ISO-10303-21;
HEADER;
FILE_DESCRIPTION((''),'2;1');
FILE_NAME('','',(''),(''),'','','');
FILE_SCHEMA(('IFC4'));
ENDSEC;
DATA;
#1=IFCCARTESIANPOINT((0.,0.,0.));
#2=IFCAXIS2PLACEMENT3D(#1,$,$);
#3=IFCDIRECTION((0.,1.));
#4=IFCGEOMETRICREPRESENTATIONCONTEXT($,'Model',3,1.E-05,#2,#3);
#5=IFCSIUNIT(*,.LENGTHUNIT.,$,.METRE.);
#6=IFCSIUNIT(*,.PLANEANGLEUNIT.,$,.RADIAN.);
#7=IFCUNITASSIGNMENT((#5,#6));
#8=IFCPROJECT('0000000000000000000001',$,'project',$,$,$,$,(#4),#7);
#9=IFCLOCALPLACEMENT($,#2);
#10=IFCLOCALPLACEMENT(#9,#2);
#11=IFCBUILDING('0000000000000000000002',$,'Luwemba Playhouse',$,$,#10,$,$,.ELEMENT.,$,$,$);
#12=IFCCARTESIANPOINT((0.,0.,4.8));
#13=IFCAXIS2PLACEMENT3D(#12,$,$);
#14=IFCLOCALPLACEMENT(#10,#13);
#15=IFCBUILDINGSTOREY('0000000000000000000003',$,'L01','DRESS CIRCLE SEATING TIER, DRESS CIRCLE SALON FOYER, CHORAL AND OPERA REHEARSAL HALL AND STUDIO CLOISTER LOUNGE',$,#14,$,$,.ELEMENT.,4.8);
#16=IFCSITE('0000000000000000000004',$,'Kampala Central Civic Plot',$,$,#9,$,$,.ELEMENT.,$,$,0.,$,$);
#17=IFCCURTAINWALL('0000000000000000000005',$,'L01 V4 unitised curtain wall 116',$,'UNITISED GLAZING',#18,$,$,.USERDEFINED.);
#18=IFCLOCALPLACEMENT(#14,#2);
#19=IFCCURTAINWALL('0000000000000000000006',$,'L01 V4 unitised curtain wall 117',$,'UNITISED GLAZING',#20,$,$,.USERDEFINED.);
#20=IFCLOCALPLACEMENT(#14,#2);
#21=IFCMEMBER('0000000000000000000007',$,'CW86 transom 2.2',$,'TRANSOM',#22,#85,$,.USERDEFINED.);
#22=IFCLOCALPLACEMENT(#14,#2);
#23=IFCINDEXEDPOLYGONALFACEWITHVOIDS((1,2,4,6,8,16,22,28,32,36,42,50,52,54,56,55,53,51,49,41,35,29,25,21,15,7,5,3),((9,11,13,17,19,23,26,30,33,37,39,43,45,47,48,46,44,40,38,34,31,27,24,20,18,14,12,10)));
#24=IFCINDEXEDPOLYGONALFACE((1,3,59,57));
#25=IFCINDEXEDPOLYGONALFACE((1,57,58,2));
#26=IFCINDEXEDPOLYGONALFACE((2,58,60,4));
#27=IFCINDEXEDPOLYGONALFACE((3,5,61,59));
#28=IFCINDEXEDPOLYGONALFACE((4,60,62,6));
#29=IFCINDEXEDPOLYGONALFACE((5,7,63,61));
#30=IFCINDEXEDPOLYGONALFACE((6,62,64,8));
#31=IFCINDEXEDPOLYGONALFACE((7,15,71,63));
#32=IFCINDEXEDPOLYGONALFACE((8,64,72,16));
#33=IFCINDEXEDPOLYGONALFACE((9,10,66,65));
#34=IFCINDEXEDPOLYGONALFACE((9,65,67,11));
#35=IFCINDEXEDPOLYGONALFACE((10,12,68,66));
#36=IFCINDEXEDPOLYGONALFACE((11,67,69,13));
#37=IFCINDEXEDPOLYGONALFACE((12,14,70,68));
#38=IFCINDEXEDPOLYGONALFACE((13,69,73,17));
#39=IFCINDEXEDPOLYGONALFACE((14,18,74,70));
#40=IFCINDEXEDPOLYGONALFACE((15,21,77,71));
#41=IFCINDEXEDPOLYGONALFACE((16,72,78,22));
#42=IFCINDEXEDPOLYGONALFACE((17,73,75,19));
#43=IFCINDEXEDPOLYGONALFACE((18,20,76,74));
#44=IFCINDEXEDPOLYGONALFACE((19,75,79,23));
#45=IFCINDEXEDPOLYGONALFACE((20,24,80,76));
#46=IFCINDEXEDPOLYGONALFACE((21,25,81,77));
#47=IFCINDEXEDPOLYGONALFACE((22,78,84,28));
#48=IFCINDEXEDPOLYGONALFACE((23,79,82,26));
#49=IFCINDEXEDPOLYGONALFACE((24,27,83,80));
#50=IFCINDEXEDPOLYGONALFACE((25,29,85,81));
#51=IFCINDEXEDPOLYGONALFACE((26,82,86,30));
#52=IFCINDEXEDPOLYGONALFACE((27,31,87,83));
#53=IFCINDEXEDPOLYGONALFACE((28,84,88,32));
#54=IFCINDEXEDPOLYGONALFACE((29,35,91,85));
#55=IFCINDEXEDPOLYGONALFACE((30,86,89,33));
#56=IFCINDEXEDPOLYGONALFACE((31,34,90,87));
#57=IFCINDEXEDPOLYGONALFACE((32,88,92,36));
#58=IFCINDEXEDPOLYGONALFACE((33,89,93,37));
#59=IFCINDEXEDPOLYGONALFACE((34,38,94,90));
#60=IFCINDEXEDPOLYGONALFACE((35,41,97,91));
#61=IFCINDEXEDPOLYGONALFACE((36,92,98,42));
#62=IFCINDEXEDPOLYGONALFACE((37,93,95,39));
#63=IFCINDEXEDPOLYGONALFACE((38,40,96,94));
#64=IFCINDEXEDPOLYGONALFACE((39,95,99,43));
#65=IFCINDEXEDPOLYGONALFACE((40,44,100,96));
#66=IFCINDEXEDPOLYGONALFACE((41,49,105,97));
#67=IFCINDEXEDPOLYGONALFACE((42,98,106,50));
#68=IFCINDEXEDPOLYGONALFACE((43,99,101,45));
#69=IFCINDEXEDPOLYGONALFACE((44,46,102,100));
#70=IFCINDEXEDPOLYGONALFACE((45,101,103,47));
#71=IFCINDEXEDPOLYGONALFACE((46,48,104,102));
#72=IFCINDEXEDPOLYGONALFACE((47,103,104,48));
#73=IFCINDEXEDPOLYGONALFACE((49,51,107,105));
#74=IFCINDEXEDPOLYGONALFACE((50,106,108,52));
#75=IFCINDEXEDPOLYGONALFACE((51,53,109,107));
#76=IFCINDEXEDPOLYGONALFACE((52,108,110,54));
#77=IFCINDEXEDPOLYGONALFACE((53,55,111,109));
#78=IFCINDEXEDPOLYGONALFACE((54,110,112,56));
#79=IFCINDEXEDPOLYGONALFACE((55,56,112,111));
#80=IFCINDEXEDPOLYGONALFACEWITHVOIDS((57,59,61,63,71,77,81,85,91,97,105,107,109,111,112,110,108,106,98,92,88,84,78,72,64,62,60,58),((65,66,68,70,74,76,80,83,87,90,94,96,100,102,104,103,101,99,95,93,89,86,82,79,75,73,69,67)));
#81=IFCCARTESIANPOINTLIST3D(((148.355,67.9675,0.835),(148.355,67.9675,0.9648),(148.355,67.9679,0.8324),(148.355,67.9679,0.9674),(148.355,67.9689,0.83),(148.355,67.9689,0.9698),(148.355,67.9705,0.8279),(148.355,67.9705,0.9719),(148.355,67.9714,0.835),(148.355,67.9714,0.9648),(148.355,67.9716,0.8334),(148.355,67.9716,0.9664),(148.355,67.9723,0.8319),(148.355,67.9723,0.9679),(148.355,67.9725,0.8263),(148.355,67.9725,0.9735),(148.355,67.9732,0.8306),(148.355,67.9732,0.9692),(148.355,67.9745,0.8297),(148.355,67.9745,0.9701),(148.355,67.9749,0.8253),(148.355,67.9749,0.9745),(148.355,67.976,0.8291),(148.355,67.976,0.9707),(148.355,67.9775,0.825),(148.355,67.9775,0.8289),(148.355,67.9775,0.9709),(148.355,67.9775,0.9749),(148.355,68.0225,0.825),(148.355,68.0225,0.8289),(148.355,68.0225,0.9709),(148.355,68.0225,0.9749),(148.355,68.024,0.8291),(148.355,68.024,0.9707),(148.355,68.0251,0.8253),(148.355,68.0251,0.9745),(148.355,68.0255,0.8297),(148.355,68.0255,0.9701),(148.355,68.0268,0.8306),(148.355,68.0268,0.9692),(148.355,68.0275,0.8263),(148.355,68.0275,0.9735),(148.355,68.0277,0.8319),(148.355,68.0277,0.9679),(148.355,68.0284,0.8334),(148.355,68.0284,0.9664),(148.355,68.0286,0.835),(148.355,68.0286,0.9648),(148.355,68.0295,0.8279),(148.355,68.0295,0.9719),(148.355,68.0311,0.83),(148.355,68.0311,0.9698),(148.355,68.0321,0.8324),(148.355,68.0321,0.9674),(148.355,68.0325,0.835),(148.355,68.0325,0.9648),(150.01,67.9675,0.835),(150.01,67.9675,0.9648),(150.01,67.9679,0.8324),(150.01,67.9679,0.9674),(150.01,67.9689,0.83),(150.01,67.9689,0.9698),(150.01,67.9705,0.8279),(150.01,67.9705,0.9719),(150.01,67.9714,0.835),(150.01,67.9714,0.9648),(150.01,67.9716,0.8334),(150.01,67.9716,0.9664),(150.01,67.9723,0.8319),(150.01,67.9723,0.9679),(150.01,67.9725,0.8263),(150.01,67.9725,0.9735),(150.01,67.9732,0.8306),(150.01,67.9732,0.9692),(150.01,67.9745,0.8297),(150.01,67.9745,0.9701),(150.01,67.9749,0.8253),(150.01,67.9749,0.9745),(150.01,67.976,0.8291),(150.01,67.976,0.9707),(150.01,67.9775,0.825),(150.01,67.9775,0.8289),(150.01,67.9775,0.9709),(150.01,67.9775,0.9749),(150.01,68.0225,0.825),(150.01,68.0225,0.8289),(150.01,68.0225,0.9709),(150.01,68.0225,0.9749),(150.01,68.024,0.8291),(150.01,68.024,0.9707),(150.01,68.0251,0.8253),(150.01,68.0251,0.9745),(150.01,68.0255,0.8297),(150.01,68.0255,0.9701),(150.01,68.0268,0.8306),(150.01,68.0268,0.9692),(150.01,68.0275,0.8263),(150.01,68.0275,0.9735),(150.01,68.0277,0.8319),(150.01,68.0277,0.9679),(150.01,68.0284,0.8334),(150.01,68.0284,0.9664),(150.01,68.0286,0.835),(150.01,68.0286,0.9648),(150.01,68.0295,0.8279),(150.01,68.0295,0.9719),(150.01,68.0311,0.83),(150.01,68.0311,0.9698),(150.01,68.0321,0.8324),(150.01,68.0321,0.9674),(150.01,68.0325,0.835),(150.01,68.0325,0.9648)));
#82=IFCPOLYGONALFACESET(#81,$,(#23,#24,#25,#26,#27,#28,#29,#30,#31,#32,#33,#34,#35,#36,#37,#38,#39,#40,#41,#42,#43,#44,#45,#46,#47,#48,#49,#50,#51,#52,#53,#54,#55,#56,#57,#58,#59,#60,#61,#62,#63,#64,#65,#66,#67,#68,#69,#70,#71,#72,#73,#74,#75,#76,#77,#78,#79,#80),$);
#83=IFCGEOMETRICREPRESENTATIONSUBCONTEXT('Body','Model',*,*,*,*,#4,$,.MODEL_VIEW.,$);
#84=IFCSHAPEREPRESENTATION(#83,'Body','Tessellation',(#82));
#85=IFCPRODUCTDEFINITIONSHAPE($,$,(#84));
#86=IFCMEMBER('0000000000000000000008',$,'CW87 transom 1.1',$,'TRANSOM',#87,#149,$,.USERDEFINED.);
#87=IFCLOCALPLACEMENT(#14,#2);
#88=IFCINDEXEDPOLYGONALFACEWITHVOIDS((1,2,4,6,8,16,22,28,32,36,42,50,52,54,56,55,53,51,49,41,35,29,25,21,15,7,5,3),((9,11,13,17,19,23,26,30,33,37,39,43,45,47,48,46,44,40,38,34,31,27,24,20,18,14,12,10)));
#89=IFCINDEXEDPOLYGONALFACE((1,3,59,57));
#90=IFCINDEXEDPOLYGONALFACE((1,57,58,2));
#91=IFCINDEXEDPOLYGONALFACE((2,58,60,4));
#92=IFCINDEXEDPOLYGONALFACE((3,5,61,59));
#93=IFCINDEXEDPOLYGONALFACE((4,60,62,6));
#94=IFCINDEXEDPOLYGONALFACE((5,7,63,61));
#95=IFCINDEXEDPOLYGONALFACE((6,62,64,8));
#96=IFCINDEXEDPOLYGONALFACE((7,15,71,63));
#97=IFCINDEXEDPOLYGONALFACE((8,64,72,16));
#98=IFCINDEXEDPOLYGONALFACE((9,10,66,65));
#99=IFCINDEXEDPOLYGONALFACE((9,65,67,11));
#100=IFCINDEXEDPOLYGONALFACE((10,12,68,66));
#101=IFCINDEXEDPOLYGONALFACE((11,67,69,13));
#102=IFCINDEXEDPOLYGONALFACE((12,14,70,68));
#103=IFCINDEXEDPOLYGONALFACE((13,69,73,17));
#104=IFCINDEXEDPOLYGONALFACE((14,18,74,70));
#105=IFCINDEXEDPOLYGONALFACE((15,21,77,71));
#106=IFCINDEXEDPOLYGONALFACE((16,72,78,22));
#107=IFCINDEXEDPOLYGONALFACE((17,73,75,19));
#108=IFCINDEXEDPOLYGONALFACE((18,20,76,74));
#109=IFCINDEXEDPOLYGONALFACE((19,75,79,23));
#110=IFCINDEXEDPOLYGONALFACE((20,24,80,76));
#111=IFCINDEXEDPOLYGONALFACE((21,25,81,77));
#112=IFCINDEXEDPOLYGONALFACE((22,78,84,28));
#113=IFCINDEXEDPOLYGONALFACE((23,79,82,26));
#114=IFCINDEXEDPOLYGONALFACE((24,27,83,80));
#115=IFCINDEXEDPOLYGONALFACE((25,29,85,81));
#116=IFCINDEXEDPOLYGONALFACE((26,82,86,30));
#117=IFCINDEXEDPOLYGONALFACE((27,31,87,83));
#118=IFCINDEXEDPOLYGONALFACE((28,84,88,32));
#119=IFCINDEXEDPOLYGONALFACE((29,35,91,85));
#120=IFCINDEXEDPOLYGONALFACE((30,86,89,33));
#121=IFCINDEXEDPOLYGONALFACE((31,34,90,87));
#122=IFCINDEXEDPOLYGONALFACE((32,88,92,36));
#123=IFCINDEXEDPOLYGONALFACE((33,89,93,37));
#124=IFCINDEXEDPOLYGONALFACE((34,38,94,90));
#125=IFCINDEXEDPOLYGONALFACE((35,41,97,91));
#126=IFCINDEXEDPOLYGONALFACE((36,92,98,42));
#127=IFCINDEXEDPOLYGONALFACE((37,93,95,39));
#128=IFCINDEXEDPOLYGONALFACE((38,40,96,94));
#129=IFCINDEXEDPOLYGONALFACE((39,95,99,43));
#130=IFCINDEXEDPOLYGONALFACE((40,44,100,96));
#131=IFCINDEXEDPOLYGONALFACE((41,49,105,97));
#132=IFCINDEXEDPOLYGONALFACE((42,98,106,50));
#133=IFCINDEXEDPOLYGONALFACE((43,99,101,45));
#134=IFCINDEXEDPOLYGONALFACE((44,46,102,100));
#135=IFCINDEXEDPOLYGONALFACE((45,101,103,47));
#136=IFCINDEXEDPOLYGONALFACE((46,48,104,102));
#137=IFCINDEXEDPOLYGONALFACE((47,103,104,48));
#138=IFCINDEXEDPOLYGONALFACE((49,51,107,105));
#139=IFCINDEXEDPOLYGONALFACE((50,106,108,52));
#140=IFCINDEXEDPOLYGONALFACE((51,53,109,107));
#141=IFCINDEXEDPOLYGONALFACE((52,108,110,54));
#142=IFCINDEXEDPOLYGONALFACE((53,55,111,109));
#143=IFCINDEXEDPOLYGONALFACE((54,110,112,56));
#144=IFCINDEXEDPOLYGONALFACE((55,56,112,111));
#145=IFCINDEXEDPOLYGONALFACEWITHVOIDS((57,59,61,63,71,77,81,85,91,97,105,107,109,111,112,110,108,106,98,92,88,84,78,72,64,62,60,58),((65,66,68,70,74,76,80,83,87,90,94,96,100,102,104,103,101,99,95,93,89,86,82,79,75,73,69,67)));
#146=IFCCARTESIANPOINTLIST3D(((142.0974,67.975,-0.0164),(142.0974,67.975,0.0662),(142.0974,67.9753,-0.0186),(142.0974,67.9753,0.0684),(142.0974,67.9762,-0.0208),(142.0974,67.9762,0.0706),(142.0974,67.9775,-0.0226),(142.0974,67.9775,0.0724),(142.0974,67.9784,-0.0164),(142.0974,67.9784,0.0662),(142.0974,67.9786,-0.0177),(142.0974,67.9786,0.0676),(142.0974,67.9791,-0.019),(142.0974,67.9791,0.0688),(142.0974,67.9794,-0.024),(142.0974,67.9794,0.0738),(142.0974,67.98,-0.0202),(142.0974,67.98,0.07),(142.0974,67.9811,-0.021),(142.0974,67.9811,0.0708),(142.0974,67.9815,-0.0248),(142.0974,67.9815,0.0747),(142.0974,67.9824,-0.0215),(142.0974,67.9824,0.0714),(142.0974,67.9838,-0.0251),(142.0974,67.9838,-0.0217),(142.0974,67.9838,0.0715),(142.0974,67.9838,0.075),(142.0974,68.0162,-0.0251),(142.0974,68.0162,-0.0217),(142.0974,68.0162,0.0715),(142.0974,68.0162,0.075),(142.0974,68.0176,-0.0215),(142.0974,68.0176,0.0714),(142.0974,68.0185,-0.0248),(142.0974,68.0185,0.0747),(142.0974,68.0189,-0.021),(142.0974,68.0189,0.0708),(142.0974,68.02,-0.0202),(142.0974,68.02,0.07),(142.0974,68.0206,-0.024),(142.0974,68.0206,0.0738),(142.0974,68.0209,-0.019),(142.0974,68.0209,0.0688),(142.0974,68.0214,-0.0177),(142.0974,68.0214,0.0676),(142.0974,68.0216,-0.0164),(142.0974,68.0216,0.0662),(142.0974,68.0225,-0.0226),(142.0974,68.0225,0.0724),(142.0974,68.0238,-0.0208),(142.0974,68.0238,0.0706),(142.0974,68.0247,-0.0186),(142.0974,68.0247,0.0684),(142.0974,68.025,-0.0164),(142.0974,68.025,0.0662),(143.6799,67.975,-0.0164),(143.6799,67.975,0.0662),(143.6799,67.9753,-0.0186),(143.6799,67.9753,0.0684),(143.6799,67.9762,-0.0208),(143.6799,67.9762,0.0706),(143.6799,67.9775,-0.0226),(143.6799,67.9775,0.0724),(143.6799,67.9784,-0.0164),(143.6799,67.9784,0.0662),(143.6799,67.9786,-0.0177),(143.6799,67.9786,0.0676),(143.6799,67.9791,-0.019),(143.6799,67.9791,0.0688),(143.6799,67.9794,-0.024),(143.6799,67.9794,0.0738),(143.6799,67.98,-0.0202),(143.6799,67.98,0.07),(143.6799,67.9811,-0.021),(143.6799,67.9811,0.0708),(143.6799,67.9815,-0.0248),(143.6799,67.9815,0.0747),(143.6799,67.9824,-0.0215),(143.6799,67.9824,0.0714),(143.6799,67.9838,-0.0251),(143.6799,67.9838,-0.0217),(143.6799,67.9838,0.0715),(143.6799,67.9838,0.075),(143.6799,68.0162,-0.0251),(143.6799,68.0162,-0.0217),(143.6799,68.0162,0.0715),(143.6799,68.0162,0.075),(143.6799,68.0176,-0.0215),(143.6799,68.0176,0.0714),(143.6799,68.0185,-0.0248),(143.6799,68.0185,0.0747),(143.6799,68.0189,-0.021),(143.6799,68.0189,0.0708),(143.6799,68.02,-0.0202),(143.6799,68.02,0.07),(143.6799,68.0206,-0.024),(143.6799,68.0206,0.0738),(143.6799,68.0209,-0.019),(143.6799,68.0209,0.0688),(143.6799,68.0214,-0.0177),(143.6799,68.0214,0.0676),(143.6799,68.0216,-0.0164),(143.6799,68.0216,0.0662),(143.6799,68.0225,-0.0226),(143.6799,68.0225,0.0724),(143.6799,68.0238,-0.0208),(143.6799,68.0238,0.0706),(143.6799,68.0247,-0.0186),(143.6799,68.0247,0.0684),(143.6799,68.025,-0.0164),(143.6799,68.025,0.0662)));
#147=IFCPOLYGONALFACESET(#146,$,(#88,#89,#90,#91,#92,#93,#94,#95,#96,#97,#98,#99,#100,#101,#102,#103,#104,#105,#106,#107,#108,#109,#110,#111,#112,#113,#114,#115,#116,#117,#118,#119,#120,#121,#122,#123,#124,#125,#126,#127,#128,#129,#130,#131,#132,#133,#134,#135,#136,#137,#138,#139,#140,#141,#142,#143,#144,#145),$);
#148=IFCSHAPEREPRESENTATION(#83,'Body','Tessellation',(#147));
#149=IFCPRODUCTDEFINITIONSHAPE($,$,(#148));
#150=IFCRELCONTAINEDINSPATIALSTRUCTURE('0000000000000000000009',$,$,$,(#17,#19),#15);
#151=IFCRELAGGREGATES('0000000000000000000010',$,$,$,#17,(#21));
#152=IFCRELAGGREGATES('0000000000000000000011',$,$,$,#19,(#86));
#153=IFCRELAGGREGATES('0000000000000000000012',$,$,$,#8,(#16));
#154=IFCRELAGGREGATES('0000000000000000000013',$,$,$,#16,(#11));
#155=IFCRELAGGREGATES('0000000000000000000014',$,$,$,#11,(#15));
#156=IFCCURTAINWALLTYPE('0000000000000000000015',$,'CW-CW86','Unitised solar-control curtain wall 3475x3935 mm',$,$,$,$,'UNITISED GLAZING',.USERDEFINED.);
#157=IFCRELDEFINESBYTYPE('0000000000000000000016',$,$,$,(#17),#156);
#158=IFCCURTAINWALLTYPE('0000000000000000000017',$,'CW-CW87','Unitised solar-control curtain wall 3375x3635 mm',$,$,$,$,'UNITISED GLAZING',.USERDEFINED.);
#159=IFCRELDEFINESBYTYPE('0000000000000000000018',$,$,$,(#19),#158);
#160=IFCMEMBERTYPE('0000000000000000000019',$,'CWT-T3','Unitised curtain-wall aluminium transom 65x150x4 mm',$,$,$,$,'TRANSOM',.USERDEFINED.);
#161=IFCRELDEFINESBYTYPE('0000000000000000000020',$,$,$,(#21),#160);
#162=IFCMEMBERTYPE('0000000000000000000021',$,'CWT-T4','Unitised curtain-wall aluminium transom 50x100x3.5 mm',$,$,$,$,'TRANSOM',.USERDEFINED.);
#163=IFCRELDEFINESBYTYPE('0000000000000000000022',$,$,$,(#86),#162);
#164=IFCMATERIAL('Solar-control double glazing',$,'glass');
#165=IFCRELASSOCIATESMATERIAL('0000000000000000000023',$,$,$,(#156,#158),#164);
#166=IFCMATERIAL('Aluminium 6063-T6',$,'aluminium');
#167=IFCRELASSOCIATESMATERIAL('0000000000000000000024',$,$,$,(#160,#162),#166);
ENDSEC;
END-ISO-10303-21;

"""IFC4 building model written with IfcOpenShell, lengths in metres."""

from ifc_helpers import new_model, si_unit, direction, frame, origin, origin_2d, place, context, subcontext, project, spatial, hollow_rectangle, extrude, material, material_profile, profile_set, type_object, element, aggregate, save


model = new_model("IFC4")

# Units and contexts
model_context = context("Model", 3, precision=1e-05, world=origin(), true_north=direction((0.0, 1.0)))
body_context = subcontext(model_context, "Body", "Model", "MODEL_VIEW")
ifc_project = project(units=[si_unit("LENGTHUNIT", "METRE"), si_unit("PLANEANGLEUNIT", "RADIAN")], contexts=[model_context])

# Site, building, storey
site_placement = place(None, origin())
site = spatial("IfcSite", under=ifc_project, at=site_placement, Name="Kampala Central Civic Plot", CompositionType="ELEMENT", RefElevation=0.0)
building_placement = place(site_placement, origin())
building = spatial("IfcBuilding", under=site, at=building_placement, Name="Luwemba Playhouse", CompositionType="ELEMENT")
storey_placement = place(building_placement, frame((0.0, 0.0, 4.8)))
storey = spatial("IfcBuildingStorey", under=building, at=storey_placement, Name="L01", Description="DRESS CIRCLE SEATING TIER, DRESS CIRCLE SALON FOYER, CHORAL AND OPERA REHEARSAL HALL AND STUDIO CLOISTER LOUNGE", CompositionType="ELEMENT", Elevation=4.8)

# Curtain wall
ifc_material_1 = material(Name="Solar-control double glazing", Category="glass")
curtain_wall_type_1 = type_object("IfcCurtainWallType", Name="CW-CW86", Description="Unitised solar-control curtain wall 3475x3935 mm", ElementType="UNITISED GLAZING", PredefinedType="USERDEFINED", material=ifc_material_1)
curtain_wall_1_placement = place(storey_placement, origin())
curtain_wall_1 = element("IfcCurtainWall", 1, at=curtain_wall_1_placement, inside=storey, type_object=curtain_wall_type_1, Name="L01 V4 unitised curtain wall 116", ObjectType="UNITISED GLAZING", PredefinedType="USERDEFINED")
ifc_material_2 = material(Name="Aluminium 6063-T6", Category="aluminium")

# Curtain wall
curtain_wall_type_2 = type_object("IfcCurtainWallType", Name="CW-CW87", Description="Unitised solar-control curtain wall 3375x3635 mm", ElementType="UNITISED GLAZING", PredefinedType="USERDEFINED", material=ifc_material_1)
curtain_wall_2_placement = place(storey_placement, origin())
curtain_wall_2 = element("IfcCurtainWall", 2, at=curtain_wall_2_placement, inside=storey, type_object=curtain_wall_type_2, Name="L01 V4 unitised curtain wall 117", ObjectType="UNITISED GLAZING", PredefinedType="USERDEFINED")

# Members
ifc_material_profile_1 = material_profile(ifc_material_2, hollow_rectangle(XDim=0.0649, YDim=0.1499, WallThickness=0.0039, InnerFilletRadius=0.0061, OuterFilletRadius=0.01, at=origin_2d()))
ifc_profile_set_1 = profile_set([ifc_material_profile_1], Name="Aluminium 6063-T6")
member_type_1 = type_object("IfcMemberType", Name="CWT-T3", Description="Unitised curtain-wall aluminium transom 65x150x4 mm", ElementType="TRANSOM", PredefinedType="USERDEFINED", material=ifc_profile_set_1)
member_1_placement = place(storey_placement, frame((150.01, 68.0, 0.8999), z_axis=(-1.0, 0.0, 0.0), x_axis=(0.0, -1.0, 0.0)))
member_1 = element("IfcMember", 3, at=member_1_placement, type_object=member_type_1, Name="CW86 transom 2.2", ObjectType="TRANSOM", PredefinedType="USERDEFINED", context=body_context, shape_type="SweptSolid", body=[
    extrude(hollow_rectangle(XDim=0.0649, YDim=0.1499, WallThickness=0.0039, InnerFilletRadius=0.0061, OuterFilletRadius=0.01, at=origin_2d()), origin(), (0.0, 0.0, 1.0), 1.655),
])
ifc_material_profile_2 = material_profile(ifc_material_2, hollow_rectangle(XDim=0.05, YDim=0.1001, WallThickness=0.0034, InnerFilletRadius=0.0054, OuterFilletRadius=0.0088, at=origin_2d()))
ifc_profile_set_2 = profile_set([ifc_material_profile_2], Name="Aluminium 6063-T6")
member_type_2 = type_object("IfcMemberType", Name="CWT-T4", Description="Unitised curtain-wall aluminium transom 50x100x3.5 mm", ElementType="TRANSOM", PredefinedType="USERDEFINED", material=ifc_profile_set_2)
member_2_placement = place(storey_placement, frame((143.6799, 68.0, 0.0249), z_axis=(-1.0, 0.0, 0.0), x_axis=(0.0, -1.0, 0.0)))
member_2 = element("IfcMember", 4, at=member_2_placement, type_object=member_type_2, Name="CW87 transom 1.1", ObjectType="TRANSOM", PredefinedType="USERDEFINED", context=body_context, shape_type="SweptSolid", body=[
    extrude(hollow_rectangle(XDim=0.05, YDim=0.1001, WallThickness=0.0034, InnerFilletRadius=0.0054, OuterFilletRadius=0.0088, at=origin_2d()), origin(), (0.0, 0.0, 1.0), 1.5825),
])

aggregate(curtain_wall_1, [member_1])
aggregate(curtain_wall_2, [member_2])

save(model, "model.ifc")
